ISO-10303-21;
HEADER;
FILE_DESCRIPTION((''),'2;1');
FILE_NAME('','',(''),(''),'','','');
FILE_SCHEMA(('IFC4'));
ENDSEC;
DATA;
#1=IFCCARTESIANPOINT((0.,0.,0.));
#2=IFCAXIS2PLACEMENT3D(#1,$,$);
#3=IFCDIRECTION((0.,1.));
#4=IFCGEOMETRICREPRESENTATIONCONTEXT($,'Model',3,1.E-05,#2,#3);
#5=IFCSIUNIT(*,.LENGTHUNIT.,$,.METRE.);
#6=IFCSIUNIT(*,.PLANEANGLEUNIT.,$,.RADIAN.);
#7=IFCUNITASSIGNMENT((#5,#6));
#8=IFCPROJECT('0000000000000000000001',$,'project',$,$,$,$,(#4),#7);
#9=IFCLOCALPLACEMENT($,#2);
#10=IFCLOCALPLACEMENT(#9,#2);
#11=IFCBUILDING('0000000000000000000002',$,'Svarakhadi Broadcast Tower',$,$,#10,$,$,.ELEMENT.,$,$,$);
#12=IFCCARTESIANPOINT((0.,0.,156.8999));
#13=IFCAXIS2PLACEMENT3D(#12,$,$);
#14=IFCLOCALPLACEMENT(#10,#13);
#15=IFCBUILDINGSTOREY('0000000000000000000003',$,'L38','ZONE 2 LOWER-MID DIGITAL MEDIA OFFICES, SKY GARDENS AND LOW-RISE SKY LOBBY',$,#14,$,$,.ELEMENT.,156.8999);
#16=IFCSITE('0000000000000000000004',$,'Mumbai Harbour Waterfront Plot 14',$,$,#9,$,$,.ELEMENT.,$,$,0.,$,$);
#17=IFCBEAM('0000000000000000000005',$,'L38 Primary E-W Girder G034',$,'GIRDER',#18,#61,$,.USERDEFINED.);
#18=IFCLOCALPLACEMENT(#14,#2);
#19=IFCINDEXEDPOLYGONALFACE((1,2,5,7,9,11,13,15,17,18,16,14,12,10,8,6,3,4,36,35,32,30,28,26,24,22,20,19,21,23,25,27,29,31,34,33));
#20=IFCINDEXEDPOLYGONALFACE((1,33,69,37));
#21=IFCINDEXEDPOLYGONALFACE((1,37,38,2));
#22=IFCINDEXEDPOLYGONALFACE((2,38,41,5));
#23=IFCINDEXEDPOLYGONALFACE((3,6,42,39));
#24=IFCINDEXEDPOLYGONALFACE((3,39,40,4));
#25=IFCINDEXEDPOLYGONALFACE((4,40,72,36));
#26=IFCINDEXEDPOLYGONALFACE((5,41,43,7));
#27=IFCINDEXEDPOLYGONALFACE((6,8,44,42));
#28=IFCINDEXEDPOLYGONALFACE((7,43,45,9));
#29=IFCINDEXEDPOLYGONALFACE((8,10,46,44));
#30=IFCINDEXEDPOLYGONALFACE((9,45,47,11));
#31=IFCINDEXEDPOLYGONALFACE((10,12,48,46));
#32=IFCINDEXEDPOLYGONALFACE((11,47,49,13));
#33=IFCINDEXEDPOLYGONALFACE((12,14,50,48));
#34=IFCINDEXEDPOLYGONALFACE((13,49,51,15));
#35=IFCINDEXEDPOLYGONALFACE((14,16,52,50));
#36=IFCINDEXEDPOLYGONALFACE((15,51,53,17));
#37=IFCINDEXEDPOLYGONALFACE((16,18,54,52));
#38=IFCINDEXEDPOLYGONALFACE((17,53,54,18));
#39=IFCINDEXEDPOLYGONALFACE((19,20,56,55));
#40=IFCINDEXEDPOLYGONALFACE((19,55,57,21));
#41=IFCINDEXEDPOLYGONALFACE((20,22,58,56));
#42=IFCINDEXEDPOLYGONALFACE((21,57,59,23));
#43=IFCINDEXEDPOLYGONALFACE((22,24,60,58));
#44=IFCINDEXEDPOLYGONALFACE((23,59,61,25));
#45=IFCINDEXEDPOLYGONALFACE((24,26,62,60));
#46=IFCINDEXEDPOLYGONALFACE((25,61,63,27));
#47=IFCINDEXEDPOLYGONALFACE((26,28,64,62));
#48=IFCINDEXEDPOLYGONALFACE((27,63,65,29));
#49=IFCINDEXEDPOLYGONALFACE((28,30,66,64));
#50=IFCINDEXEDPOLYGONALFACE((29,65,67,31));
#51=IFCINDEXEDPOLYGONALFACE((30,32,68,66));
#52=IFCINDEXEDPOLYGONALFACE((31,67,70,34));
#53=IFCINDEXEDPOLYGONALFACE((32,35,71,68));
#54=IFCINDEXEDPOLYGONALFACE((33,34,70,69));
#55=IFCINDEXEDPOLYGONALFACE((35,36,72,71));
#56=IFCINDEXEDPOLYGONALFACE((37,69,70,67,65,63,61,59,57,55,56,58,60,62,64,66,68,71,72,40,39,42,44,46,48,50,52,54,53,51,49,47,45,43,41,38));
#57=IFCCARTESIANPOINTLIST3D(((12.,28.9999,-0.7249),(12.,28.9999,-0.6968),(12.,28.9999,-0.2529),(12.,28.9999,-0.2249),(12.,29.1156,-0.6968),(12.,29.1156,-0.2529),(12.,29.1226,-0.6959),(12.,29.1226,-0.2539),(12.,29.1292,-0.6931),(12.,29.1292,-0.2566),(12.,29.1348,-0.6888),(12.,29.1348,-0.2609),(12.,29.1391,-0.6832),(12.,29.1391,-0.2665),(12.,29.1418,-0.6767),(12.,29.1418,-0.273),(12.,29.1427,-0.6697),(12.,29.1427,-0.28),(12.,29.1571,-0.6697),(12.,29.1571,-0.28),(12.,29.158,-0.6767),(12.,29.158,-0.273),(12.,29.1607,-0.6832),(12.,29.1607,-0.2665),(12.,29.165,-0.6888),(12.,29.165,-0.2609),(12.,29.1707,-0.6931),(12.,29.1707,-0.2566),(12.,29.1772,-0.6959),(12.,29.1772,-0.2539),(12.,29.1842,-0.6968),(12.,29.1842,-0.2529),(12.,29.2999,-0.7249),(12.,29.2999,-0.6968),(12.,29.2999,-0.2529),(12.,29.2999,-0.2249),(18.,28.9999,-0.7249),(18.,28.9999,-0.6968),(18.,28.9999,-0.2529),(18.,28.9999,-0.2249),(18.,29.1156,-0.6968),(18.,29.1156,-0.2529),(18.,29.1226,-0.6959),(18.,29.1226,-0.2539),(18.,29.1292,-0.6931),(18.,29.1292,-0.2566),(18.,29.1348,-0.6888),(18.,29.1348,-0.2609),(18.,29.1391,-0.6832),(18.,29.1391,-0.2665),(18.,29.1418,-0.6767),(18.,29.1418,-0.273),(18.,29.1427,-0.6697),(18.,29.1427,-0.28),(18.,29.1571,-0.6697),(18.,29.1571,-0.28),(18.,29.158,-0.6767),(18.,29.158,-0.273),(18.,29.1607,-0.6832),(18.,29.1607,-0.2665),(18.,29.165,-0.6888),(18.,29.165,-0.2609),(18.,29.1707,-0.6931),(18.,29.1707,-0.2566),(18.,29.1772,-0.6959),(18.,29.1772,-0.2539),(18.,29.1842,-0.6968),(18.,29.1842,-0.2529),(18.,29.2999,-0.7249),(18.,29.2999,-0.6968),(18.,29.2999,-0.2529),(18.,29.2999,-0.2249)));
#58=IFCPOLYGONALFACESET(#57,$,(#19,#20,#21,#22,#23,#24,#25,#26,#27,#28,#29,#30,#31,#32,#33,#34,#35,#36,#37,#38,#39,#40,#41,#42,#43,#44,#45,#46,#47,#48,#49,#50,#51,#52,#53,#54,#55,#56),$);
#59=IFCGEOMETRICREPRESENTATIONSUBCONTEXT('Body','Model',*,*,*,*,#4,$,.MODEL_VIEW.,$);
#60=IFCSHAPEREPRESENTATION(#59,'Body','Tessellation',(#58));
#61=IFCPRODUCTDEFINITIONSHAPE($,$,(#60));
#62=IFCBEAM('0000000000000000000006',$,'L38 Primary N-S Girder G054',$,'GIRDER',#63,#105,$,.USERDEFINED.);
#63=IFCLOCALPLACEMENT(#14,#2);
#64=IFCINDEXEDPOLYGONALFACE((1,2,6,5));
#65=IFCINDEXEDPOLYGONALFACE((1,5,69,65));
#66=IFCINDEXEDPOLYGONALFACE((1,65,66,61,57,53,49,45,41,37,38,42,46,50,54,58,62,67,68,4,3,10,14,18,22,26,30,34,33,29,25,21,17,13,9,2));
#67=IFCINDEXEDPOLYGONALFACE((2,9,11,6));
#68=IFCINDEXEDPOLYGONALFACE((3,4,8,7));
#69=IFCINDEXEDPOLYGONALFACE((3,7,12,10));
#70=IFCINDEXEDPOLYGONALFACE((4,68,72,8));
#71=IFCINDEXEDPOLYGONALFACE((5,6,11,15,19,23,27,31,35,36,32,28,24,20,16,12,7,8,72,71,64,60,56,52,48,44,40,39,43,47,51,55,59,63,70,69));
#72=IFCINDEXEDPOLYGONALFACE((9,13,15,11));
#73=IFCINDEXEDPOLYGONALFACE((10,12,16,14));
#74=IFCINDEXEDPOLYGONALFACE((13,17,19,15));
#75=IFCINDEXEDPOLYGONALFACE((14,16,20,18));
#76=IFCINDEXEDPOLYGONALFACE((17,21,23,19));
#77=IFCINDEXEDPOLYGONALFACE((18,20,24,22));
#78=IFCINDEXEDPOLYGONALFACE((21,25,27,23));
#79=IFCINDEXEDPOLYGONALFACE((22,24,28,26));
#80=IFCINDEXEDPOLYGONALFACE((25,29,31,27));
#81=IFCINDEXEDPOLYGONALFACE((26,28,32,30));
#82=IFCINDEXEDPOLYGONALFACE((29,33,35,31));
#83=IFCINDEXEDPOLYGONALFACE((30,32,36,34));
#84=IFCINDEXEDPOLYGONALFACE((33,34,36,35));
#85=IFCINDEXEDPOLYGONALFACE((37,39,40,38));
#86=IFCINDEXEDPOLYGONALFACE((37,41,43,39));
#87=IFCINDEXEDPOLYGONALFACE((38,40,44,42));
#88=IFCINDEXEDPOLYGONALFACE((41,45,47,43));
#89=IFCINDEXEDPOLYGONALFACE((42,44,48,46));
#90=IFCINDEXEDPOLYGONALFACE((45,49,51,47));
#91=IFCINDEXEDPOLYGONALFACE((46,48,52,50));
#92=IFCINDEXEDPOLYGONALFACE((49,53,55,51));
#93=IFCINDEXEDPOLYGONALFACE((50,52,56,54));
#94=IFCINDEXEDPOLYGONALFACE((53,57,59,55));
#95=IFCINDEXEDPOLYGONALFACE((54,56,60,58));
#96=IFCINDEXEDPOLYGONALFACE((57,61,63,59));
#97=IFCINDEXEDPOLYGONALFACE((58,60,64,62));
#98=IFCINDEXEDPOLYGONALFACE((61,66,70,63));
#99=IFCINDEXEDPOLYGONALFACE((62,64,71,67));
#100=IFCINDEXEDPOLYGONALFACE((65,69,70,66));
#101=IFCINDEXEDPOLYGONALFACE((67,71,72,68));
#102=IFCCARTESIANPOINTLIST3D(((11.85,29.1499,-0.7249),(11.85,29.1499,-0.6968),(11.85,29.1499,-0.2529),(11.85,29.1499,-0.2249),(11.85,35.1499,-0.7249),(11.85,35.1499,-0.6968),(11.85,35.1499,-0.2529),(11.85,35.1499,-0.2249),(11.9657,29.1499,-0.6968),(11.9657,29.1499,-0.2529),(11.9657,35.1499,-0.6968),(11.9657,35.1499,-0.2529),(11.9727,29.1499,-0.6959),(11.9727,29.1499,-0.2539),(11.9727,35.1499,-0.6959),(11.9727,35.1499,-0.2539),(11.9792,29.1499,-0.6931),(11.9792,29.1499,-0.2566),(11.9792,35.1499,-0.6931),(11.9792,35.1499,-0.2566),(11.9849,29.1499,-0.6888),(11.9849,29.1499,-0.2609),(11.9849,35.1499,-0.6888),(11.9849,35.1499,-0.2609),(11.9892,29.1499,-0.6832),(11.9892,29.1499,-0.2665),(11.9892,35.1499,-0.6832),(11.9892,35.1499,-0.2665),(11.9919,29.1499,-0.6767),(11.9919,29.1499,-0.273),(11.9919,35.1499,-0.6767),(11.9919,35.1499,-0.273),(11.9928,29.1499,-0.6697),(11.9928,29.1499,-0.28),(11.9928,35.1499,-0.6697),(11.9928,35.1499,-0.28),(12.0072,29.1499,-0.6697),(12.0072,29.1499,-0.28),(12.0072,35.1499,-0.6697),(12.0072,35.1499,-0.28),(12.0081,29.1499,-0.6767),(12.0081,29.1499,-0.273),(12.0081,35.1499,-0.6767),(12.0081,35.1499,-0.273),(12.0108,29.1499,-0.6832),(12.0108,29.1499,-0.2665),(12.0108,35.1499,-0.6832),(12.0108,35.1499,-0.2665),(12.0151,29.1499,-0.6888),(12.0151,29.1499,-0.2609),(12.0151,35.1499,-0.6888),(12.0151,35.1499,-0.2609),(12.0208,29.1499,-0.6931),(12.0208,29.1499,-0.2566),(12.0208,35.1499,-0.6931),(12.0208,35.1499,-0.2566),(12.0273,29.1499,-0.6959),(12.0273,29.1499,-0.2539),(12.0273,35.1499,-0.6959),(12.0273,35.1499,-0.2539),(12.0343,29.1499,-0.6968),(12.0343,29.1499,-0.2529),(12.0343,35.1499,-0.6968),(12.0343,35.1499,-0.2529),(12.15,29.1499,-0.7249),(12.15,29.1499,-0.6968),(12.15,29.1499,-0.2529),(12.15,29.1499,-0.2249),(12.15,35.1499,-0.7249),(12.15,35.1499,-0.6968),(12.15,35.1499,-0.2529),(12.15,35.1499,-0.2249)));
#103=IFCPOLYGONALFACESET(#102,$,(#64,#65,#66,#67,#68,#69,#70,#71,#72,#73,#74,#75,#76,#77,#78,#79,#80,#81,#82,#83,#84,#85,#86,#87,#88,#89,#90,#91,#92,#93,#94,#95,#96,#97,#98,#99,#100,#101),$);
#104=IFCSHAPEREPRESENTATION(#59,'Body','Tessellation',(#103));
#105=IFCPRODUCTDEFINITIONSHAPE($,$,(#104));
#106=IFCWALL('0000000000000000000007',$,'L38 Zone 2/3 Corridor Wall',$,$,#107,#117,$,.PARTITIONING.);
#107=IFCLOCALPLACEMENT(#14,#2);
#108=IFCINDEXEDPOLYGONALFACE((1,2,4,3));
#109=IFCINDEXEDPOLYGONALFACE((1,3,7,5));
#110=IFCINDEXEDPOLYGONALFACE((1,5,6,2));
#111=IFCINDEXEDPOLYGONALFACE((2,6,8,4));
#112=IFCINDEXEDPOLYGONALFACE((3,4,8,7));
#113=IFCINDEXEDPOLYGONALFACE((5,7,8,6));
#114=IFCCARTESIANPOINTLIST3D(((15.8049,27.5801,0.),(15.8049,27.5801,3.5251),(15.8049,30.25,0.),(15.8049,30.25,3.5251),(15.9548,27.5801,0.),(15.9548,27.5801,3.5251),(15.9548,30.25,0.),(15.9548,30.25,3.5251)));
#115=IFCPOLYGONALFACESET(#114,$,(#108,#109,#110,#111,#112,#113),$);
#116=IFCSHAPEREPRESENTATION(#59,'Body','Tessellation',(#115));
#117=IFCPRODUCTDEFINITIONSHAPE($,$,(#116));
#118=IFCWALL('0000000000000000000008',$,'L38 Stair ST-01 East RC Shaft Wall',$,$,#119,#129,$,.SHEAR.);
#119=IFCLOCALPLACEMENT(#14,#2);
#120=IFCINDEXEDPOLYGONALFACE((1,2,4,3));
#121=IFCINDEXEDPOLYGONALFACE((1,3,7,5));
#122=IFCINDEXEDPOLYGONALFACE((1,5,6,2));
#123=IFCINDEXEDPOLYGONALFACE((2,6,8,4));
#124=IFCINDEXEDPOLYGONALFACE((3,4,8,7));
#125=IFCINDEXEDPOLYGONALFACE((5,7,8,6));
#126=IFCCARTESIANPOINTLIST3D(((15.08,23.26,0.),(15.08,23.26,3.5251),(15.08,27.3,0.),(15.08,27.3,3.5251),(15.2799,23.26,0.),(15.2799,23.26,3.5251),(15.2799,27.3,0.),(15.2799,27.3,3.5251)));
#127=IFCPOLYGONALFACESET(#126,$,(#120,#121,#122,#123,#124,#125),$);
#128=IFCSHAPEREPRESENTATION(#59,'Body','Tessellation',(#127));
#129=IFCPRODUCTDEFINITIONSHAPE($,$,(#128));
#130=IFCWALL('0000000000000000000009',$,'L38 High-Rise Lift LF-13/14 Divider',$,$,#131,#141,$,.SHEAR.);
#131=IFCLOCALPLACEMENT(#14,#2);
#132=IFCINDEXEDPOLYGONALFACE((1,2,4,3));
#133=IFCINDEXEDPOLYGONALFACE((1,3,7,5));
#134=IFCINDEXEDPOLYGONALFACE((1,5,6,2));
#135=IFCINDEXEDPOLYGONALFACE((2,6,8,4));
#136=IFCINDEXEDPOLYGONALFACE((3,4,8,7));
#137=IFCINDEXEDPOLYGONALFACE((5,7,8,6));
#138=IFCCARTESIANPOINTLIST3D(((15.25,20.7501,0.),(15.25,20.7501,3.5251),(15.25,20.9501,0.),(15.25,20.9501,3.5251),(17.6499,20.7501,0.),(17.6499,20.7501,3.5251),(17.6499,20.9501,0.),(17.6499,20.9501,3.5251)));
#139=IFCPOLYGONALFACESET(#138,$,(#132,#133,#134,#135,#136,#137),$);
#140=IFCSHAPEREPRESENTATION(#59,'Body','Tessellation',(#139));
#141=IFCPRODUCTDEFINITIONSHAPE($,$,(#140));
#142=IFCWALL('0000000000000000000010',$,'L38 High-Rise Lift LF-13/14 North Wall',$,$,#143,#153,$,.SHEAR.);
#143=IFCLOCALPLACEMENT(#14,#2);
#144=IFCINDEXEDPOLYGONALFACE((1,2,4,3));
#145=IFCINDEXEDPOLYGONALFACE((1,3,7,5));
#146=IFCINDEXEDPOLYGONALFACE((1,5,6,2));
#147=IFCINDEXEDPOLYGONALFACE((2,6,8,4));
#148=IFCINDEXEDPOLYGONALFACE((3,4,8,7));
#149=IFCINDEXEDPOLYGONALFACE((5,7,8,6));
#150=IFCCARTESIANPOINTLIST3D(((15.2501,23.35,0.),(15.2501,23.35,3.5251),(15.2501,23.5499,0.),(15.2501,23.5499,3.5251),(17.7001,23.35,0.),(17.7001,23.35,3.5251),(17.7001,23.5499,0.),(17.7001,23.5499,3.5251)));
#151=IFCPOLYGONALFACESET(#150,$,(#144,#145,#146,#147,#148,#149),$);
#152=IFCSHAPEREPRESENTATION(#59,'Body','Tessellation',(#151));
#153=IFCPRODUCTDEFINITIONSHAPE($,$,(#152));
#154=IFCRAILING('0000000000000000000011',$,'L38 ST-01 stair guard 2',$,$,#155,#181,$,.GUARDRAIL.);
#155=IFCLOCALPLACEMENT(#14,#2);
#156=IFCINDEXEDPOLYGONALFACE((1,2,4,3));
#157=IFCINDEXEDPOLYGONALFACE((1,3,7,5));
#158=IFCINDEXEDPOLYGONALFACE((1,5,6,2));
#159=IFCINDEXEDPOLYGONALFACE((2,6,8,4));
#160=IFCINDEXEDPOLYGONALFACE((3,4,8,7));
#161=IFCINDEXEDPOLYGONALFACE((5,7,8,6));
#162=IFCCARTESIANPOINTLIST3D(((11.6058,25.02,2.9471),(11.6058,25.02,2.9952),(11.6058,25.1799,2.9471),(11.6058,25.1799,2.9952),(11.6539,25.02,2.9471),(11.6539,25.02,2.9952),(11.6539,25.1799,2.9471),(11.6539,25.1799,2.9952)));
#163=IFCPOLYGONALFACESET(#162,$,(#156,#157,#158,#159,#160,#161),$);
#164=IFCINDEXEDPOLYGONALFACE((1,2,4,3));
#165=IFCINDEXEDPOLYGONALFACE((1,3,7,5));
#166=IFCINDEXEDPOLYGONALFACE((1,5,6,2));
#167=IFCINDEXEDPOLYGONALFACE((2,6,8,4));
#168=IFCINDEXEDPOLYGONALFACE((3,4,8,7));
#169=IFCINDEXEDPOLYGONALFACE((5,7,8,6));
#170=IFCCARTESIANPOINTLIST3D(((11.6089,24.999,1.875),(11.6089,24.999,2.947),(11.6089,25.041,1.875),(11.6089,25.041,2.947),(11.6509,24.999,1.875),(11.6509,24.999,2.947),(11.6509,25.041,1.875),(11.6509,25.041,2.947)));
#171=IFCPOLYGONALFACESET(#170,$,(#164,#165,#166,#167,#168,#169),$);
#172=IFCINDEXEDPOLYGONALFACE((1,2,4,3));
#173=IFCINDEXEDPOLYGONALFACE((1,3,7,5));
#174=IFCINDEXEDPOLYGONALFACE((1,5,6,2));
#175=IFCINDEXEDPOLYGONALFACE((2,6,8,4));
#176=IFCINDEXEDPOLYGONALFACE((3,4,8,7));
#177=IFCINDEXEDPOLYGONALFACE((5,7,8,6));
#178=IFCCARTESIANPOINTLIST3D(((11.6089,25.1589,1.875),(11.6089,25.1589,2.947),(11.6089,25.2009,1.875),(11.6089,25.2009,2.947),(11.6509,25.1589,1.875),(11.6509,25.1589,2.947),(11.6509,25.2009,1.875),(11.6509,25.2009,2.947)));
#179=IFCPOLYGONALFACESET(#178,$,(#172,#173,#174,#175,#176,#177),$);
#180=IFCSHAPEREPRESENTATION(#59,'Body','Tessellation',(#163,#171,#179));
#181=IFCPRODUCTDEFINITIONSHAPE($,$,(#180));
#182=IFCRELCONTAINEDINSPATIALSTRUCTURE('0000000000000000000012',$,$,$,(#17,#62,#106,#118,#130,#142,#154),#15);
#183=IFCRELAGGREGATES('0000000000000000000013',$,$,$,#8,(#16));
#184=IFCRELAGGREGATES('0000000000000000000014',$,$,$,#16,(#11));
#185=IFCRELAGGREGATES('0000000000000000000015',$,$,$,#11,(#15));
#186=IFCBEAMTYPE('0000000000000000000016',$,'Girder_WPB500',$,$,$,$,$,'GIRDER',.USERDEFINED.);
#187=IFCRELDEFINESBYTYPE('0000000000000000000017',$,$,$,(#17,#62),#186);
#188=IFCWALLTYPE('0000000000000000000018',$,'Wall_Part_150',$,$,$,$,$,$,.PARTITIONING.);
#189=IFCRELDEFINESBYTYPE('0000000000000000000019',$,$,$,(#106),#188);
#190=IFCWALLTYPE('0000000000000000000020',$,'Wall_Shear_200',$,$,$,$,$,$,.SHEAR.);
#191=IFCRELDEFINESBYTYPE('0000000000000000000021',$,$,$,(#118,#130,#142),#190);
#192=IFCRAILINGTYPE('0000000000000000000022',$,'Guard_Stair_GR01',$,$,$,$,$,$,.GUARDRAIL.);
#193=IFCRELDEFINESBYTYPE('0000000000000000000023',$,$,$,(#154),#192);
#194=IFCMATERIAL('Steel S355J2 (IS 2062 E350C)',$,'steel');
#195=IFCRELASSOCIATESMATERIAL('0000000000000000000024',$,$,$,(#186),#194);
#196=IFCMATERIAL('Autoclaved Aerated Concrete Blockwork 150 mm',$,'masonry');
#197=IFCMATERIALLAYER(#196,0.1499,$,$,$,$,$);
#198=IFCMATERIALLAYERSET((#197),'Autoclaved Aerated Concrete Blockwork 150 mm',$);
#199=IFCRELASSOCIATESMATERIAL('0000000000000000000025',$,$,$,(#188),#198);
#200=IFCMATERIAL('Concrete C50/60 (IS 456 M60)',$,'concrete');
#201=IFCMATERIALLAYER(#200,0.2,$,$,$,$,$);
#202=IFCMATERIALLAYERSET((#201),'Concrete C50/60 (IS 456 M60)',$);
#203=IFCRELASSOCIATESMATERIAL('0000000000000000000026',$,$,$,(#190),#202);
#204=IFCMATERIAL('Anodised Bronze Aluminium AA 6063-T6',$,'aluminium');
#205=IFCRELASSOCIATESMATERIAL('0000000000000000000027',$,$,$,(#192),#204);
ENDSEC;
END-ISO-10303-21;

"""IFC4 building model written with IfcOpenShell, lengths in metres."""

from ifc_helpers import new_model, si_unit, direction, frame, frame_2d, origin, origin_2d, place, context, subcontext, project, spatial, rectangle, i_section, extrude, material, layer, layer_set, material_profile, profile_set, type_object, element, save


model = new_model("IFC4")

# Units and contexts
model_context = context("Model", 3, precision=1e-05, world=origin(), true_north=direction((0.0, 1.0)))
body_context = subcontext(model_context, "Body", "Model", "MODEL_VIEW")
ifc_project = project(units=[si_unit("LENGTHUNIT", "METRE"), si_unit("PLANEANGLEUNIT", "RADIAN")], contexts=[model_context])

# Site, building, storey
site_placement = place(None, origin())
site = spatial("IfcSite", under=ifc_project, at=site_placement, Name="Mumbai Harbour Waterfront Plot 14", CompositionType="ELEMENT", RefElevation=0.0)
building_placement = place(site_placement, origin())
building = spatial("IfcBuilding", under=site, at=building_placement, Name="Svarakhadi Broadcast Tower", CompositionType="ELEMENT")
storey_placement = place(building_placement, frame((0.0, 0.0, 156.8999)))
storey = spatial("IfcBuildingStorey", under=building, at=storey_placement, Name="L38", Description="ZONE 2 LOWER-MID DIGITAL MEDIA OFFICES, SKY GARDENS AND LOW-RISE SKY LOBBY", CompositionType="ELEMENT", Elevation=156.8999)

# Shared definitions
ifc_material_1 = material(Name="Concrete C50/60 (IS 456 M60)", Category="concrete")

# Beams
ifc_material_2 = material(Name="Steel S355J2 (IS 2062 E350C)", Category="steel")
ifc_material_profile_1 = material_profile(ifc_material_2, i_section(OverallWidth=0.3, OverallDepth=0.5, WebThickness=0.0144, FlangeThickness=0.0281, FilletRadius=0.0271, at=origin_2d()), Name="WPB 500x300x187")
ifc_profile_set_1 = profile_set([ifc_material_profile_1], Name="Steel S355J2 (IS 2062 E350C)")
beam_type = type_object("IfcBeamType", Name="Girder_WPB500", ElementType="GIRDER", PredefinedType="USERDEFINED", material=ifc_profile_set_1)
for number, where, z_axis, x_axis, name in (
    (1, (12.0, 29.1499, -0.4749), (1.0, 0.0, 0.0), (0.0, 1.0, 0.0), "L38 Primary E-W Girder G034"),
    (2, (12.0, 29.1499, -0.4749), (0.0, 1.0, 0.0), (-1.0, 0.0, 0.0), "L38 Primary N-S Girder G054"),
):
    element("IfcBeam", number, at=place(storey_placement, frame(where, z_axis=z_axis, x_axis=x_axis)), inside=storey, type_object=beam_type, Name=name, ObjectType="GIRDER", PredefinedType="USERDEFINED", context=body_context, shape_type="SweptSolid", body=[
        extrude(i_section(OverallWidth=0.3, OverallDepth=0.5, WebThickness=0.0144, FlangeThickness=0.0281, FilletRadius=0.0271, at=origin_2d()), origin(), (0.0, 0.0, 1.0), 6.0),
    ])

# Shared definitions
ifc_material_3 = material(Name="Autoclaved Aerated Concrete Blockwork 150 mm", Category="masonry")
ifc_layer_1 = layer(ifc_material_3, 0.1499)
ifc_layer_set_1 = layer_set([ifc_layer_1], Name="Autoclaved Aerated Concrete Blockwork 150 mm")
wall_type_1 = type_object("IfcWallType", Name="Wall_Part_150", PredefinedType="PARTITIONING", material=ifc_layer_set_1)

# Wall
wall_1_placement = place(storey_placement, frame((15.8799, 27.5801, 0.0), z_axis=(0.0, 0.0, 1.0), x_axis=(0.0, 1.0, 0.0)))
element("IfcWall", 3, at=wall_1_placement, inside=storey, type_object=wall_type_1, Name="L38 Zone 2/3 Corridor Wall", PredefinedType="PARTITIONING", context=body_context, shape_type="SweptSolid", body=[
    extrude(rectangle(XDim=2.6699, YDim=0.1499, at=frame_2d((1.335, 0.0))), origin(), (0.0, 0.0, 1.0), 3.5251),
])

# Wall
ifc_layer_2 = layer(ifc_material_1, 0.2)
ifc_layer_set_2 = layer_set([ifc_layer_2], Name="Concrete C50/60 (IS 456 M60)")
wall_type_2 = type_object("IfcWallType", Name="Wall_Shear_200", PredefinedType="SHEAR", material=ifc_layer_set_2)
wall_2_placement = place(storey_placement, frame((15.1799, 23.26, 0.0), z_axis=(0.0, 0.0, 1.0), x_axis=(0.0, 1.0, 0.0)))
element("IfcWall", 4, at=wall_2_placement, inside=storey, type_object=wall_type_2, Name="L38 Stair ST-01 East RC Shaft Wall", PredefinedType="SHEAR", context=body_context, shape_type="SweptSolid", body=[
    extrude(rectangle(XDim=4.04, YDim=0.2, at=frame_2d((2.02, 0.0))), origin(), (0.0, 0.0, 1.0), 3.5251),
])

# Walls
wall_3_placement = place(storey_placement, frame((15.25, 20.8501, 0.0), z_axis=(0.0, 0.0, 1.0), x_axis=(1.0, 0.0, 0.0)))
element("IfcWall", 5, at=wall_3_placement, inside=storey, type_object=wall_type_2, Name="L38 High-Rise Lift LF-13/14 Divider", PredefinedType="SHEAR", context=body_context, shape_type="SweptSolid", body=[
    extrude(rectangle(XDim=2.3999, YDim=0.2, at=frame_2d((1.2, 0.0))), origin(), (0.0, 0.0, 1.0), 3.5251),
])
wall_4_placement = place(storey_placement, frame((15.25, 23.45, 0.0), z_axis=(0.0, 0.0, 1.0), x_axis=(1.0, 0.0, 0.0)))
element("IfcWall", 6, at=wall_4_placement, inside=storey, type_object=wall_type_2, Name="L38 High-Rise Lift LF-13/14 North Wall", PredefinedType="SHEAR", context=body_context, shape_type="SweptSolid", body=[
    extrude(rectangle(XDim=2.45, YDim=0.2, at=frame_2d((1.2251, 0.0))), origin(), (0.0, 0.0, 1.0), 3.5251),
])

# Railing
ifc_material_4 = material(Name="Anodised Bronze Aluminium AA 6063-T6", Category="aluminium")
railing_type_1 = type_object("IfcRailingType", Name="Guard_Stair_GR01", PredefinedType="GUARDRAIL", material=ifc_material_4)
railing_1_placement = place(storey_placement, frame((11.6299, 25.02, 1.875)))
element("IfcRailing", 7, at=railing_1_placement, inside=storey, type_object=railing_type_1, Name="L38 ST-01 stair guard 2", PredefinedType="GUARDRAIL", context=body_context, shape_type="SweptSolid", body=[
    extrude(rectangle(XDim=0.0481, YDim=0.0481, at=origin_2d()), frame((0.0, 0.0, 1.0962), z_axis=(0.0, 1.0, 0.0), x_axis=(-1.0, 0.0, 0.0)), (0.0, 0.0, 1.0), 0.1599),
    extrude(rectangle(XDim=0.042, YDim=0.042, at=origin_2d()), origin(), (0.0, 0.0, 1.0), 1.072),
    extrude(rectangle(XDim=0.042, YDim=0.042, at=origin_2d()), frame((0.0, 0.1599, 0.0)), (0.0, 0.0, 1.0), 1.072),
])

save(model, "model.ifc")
